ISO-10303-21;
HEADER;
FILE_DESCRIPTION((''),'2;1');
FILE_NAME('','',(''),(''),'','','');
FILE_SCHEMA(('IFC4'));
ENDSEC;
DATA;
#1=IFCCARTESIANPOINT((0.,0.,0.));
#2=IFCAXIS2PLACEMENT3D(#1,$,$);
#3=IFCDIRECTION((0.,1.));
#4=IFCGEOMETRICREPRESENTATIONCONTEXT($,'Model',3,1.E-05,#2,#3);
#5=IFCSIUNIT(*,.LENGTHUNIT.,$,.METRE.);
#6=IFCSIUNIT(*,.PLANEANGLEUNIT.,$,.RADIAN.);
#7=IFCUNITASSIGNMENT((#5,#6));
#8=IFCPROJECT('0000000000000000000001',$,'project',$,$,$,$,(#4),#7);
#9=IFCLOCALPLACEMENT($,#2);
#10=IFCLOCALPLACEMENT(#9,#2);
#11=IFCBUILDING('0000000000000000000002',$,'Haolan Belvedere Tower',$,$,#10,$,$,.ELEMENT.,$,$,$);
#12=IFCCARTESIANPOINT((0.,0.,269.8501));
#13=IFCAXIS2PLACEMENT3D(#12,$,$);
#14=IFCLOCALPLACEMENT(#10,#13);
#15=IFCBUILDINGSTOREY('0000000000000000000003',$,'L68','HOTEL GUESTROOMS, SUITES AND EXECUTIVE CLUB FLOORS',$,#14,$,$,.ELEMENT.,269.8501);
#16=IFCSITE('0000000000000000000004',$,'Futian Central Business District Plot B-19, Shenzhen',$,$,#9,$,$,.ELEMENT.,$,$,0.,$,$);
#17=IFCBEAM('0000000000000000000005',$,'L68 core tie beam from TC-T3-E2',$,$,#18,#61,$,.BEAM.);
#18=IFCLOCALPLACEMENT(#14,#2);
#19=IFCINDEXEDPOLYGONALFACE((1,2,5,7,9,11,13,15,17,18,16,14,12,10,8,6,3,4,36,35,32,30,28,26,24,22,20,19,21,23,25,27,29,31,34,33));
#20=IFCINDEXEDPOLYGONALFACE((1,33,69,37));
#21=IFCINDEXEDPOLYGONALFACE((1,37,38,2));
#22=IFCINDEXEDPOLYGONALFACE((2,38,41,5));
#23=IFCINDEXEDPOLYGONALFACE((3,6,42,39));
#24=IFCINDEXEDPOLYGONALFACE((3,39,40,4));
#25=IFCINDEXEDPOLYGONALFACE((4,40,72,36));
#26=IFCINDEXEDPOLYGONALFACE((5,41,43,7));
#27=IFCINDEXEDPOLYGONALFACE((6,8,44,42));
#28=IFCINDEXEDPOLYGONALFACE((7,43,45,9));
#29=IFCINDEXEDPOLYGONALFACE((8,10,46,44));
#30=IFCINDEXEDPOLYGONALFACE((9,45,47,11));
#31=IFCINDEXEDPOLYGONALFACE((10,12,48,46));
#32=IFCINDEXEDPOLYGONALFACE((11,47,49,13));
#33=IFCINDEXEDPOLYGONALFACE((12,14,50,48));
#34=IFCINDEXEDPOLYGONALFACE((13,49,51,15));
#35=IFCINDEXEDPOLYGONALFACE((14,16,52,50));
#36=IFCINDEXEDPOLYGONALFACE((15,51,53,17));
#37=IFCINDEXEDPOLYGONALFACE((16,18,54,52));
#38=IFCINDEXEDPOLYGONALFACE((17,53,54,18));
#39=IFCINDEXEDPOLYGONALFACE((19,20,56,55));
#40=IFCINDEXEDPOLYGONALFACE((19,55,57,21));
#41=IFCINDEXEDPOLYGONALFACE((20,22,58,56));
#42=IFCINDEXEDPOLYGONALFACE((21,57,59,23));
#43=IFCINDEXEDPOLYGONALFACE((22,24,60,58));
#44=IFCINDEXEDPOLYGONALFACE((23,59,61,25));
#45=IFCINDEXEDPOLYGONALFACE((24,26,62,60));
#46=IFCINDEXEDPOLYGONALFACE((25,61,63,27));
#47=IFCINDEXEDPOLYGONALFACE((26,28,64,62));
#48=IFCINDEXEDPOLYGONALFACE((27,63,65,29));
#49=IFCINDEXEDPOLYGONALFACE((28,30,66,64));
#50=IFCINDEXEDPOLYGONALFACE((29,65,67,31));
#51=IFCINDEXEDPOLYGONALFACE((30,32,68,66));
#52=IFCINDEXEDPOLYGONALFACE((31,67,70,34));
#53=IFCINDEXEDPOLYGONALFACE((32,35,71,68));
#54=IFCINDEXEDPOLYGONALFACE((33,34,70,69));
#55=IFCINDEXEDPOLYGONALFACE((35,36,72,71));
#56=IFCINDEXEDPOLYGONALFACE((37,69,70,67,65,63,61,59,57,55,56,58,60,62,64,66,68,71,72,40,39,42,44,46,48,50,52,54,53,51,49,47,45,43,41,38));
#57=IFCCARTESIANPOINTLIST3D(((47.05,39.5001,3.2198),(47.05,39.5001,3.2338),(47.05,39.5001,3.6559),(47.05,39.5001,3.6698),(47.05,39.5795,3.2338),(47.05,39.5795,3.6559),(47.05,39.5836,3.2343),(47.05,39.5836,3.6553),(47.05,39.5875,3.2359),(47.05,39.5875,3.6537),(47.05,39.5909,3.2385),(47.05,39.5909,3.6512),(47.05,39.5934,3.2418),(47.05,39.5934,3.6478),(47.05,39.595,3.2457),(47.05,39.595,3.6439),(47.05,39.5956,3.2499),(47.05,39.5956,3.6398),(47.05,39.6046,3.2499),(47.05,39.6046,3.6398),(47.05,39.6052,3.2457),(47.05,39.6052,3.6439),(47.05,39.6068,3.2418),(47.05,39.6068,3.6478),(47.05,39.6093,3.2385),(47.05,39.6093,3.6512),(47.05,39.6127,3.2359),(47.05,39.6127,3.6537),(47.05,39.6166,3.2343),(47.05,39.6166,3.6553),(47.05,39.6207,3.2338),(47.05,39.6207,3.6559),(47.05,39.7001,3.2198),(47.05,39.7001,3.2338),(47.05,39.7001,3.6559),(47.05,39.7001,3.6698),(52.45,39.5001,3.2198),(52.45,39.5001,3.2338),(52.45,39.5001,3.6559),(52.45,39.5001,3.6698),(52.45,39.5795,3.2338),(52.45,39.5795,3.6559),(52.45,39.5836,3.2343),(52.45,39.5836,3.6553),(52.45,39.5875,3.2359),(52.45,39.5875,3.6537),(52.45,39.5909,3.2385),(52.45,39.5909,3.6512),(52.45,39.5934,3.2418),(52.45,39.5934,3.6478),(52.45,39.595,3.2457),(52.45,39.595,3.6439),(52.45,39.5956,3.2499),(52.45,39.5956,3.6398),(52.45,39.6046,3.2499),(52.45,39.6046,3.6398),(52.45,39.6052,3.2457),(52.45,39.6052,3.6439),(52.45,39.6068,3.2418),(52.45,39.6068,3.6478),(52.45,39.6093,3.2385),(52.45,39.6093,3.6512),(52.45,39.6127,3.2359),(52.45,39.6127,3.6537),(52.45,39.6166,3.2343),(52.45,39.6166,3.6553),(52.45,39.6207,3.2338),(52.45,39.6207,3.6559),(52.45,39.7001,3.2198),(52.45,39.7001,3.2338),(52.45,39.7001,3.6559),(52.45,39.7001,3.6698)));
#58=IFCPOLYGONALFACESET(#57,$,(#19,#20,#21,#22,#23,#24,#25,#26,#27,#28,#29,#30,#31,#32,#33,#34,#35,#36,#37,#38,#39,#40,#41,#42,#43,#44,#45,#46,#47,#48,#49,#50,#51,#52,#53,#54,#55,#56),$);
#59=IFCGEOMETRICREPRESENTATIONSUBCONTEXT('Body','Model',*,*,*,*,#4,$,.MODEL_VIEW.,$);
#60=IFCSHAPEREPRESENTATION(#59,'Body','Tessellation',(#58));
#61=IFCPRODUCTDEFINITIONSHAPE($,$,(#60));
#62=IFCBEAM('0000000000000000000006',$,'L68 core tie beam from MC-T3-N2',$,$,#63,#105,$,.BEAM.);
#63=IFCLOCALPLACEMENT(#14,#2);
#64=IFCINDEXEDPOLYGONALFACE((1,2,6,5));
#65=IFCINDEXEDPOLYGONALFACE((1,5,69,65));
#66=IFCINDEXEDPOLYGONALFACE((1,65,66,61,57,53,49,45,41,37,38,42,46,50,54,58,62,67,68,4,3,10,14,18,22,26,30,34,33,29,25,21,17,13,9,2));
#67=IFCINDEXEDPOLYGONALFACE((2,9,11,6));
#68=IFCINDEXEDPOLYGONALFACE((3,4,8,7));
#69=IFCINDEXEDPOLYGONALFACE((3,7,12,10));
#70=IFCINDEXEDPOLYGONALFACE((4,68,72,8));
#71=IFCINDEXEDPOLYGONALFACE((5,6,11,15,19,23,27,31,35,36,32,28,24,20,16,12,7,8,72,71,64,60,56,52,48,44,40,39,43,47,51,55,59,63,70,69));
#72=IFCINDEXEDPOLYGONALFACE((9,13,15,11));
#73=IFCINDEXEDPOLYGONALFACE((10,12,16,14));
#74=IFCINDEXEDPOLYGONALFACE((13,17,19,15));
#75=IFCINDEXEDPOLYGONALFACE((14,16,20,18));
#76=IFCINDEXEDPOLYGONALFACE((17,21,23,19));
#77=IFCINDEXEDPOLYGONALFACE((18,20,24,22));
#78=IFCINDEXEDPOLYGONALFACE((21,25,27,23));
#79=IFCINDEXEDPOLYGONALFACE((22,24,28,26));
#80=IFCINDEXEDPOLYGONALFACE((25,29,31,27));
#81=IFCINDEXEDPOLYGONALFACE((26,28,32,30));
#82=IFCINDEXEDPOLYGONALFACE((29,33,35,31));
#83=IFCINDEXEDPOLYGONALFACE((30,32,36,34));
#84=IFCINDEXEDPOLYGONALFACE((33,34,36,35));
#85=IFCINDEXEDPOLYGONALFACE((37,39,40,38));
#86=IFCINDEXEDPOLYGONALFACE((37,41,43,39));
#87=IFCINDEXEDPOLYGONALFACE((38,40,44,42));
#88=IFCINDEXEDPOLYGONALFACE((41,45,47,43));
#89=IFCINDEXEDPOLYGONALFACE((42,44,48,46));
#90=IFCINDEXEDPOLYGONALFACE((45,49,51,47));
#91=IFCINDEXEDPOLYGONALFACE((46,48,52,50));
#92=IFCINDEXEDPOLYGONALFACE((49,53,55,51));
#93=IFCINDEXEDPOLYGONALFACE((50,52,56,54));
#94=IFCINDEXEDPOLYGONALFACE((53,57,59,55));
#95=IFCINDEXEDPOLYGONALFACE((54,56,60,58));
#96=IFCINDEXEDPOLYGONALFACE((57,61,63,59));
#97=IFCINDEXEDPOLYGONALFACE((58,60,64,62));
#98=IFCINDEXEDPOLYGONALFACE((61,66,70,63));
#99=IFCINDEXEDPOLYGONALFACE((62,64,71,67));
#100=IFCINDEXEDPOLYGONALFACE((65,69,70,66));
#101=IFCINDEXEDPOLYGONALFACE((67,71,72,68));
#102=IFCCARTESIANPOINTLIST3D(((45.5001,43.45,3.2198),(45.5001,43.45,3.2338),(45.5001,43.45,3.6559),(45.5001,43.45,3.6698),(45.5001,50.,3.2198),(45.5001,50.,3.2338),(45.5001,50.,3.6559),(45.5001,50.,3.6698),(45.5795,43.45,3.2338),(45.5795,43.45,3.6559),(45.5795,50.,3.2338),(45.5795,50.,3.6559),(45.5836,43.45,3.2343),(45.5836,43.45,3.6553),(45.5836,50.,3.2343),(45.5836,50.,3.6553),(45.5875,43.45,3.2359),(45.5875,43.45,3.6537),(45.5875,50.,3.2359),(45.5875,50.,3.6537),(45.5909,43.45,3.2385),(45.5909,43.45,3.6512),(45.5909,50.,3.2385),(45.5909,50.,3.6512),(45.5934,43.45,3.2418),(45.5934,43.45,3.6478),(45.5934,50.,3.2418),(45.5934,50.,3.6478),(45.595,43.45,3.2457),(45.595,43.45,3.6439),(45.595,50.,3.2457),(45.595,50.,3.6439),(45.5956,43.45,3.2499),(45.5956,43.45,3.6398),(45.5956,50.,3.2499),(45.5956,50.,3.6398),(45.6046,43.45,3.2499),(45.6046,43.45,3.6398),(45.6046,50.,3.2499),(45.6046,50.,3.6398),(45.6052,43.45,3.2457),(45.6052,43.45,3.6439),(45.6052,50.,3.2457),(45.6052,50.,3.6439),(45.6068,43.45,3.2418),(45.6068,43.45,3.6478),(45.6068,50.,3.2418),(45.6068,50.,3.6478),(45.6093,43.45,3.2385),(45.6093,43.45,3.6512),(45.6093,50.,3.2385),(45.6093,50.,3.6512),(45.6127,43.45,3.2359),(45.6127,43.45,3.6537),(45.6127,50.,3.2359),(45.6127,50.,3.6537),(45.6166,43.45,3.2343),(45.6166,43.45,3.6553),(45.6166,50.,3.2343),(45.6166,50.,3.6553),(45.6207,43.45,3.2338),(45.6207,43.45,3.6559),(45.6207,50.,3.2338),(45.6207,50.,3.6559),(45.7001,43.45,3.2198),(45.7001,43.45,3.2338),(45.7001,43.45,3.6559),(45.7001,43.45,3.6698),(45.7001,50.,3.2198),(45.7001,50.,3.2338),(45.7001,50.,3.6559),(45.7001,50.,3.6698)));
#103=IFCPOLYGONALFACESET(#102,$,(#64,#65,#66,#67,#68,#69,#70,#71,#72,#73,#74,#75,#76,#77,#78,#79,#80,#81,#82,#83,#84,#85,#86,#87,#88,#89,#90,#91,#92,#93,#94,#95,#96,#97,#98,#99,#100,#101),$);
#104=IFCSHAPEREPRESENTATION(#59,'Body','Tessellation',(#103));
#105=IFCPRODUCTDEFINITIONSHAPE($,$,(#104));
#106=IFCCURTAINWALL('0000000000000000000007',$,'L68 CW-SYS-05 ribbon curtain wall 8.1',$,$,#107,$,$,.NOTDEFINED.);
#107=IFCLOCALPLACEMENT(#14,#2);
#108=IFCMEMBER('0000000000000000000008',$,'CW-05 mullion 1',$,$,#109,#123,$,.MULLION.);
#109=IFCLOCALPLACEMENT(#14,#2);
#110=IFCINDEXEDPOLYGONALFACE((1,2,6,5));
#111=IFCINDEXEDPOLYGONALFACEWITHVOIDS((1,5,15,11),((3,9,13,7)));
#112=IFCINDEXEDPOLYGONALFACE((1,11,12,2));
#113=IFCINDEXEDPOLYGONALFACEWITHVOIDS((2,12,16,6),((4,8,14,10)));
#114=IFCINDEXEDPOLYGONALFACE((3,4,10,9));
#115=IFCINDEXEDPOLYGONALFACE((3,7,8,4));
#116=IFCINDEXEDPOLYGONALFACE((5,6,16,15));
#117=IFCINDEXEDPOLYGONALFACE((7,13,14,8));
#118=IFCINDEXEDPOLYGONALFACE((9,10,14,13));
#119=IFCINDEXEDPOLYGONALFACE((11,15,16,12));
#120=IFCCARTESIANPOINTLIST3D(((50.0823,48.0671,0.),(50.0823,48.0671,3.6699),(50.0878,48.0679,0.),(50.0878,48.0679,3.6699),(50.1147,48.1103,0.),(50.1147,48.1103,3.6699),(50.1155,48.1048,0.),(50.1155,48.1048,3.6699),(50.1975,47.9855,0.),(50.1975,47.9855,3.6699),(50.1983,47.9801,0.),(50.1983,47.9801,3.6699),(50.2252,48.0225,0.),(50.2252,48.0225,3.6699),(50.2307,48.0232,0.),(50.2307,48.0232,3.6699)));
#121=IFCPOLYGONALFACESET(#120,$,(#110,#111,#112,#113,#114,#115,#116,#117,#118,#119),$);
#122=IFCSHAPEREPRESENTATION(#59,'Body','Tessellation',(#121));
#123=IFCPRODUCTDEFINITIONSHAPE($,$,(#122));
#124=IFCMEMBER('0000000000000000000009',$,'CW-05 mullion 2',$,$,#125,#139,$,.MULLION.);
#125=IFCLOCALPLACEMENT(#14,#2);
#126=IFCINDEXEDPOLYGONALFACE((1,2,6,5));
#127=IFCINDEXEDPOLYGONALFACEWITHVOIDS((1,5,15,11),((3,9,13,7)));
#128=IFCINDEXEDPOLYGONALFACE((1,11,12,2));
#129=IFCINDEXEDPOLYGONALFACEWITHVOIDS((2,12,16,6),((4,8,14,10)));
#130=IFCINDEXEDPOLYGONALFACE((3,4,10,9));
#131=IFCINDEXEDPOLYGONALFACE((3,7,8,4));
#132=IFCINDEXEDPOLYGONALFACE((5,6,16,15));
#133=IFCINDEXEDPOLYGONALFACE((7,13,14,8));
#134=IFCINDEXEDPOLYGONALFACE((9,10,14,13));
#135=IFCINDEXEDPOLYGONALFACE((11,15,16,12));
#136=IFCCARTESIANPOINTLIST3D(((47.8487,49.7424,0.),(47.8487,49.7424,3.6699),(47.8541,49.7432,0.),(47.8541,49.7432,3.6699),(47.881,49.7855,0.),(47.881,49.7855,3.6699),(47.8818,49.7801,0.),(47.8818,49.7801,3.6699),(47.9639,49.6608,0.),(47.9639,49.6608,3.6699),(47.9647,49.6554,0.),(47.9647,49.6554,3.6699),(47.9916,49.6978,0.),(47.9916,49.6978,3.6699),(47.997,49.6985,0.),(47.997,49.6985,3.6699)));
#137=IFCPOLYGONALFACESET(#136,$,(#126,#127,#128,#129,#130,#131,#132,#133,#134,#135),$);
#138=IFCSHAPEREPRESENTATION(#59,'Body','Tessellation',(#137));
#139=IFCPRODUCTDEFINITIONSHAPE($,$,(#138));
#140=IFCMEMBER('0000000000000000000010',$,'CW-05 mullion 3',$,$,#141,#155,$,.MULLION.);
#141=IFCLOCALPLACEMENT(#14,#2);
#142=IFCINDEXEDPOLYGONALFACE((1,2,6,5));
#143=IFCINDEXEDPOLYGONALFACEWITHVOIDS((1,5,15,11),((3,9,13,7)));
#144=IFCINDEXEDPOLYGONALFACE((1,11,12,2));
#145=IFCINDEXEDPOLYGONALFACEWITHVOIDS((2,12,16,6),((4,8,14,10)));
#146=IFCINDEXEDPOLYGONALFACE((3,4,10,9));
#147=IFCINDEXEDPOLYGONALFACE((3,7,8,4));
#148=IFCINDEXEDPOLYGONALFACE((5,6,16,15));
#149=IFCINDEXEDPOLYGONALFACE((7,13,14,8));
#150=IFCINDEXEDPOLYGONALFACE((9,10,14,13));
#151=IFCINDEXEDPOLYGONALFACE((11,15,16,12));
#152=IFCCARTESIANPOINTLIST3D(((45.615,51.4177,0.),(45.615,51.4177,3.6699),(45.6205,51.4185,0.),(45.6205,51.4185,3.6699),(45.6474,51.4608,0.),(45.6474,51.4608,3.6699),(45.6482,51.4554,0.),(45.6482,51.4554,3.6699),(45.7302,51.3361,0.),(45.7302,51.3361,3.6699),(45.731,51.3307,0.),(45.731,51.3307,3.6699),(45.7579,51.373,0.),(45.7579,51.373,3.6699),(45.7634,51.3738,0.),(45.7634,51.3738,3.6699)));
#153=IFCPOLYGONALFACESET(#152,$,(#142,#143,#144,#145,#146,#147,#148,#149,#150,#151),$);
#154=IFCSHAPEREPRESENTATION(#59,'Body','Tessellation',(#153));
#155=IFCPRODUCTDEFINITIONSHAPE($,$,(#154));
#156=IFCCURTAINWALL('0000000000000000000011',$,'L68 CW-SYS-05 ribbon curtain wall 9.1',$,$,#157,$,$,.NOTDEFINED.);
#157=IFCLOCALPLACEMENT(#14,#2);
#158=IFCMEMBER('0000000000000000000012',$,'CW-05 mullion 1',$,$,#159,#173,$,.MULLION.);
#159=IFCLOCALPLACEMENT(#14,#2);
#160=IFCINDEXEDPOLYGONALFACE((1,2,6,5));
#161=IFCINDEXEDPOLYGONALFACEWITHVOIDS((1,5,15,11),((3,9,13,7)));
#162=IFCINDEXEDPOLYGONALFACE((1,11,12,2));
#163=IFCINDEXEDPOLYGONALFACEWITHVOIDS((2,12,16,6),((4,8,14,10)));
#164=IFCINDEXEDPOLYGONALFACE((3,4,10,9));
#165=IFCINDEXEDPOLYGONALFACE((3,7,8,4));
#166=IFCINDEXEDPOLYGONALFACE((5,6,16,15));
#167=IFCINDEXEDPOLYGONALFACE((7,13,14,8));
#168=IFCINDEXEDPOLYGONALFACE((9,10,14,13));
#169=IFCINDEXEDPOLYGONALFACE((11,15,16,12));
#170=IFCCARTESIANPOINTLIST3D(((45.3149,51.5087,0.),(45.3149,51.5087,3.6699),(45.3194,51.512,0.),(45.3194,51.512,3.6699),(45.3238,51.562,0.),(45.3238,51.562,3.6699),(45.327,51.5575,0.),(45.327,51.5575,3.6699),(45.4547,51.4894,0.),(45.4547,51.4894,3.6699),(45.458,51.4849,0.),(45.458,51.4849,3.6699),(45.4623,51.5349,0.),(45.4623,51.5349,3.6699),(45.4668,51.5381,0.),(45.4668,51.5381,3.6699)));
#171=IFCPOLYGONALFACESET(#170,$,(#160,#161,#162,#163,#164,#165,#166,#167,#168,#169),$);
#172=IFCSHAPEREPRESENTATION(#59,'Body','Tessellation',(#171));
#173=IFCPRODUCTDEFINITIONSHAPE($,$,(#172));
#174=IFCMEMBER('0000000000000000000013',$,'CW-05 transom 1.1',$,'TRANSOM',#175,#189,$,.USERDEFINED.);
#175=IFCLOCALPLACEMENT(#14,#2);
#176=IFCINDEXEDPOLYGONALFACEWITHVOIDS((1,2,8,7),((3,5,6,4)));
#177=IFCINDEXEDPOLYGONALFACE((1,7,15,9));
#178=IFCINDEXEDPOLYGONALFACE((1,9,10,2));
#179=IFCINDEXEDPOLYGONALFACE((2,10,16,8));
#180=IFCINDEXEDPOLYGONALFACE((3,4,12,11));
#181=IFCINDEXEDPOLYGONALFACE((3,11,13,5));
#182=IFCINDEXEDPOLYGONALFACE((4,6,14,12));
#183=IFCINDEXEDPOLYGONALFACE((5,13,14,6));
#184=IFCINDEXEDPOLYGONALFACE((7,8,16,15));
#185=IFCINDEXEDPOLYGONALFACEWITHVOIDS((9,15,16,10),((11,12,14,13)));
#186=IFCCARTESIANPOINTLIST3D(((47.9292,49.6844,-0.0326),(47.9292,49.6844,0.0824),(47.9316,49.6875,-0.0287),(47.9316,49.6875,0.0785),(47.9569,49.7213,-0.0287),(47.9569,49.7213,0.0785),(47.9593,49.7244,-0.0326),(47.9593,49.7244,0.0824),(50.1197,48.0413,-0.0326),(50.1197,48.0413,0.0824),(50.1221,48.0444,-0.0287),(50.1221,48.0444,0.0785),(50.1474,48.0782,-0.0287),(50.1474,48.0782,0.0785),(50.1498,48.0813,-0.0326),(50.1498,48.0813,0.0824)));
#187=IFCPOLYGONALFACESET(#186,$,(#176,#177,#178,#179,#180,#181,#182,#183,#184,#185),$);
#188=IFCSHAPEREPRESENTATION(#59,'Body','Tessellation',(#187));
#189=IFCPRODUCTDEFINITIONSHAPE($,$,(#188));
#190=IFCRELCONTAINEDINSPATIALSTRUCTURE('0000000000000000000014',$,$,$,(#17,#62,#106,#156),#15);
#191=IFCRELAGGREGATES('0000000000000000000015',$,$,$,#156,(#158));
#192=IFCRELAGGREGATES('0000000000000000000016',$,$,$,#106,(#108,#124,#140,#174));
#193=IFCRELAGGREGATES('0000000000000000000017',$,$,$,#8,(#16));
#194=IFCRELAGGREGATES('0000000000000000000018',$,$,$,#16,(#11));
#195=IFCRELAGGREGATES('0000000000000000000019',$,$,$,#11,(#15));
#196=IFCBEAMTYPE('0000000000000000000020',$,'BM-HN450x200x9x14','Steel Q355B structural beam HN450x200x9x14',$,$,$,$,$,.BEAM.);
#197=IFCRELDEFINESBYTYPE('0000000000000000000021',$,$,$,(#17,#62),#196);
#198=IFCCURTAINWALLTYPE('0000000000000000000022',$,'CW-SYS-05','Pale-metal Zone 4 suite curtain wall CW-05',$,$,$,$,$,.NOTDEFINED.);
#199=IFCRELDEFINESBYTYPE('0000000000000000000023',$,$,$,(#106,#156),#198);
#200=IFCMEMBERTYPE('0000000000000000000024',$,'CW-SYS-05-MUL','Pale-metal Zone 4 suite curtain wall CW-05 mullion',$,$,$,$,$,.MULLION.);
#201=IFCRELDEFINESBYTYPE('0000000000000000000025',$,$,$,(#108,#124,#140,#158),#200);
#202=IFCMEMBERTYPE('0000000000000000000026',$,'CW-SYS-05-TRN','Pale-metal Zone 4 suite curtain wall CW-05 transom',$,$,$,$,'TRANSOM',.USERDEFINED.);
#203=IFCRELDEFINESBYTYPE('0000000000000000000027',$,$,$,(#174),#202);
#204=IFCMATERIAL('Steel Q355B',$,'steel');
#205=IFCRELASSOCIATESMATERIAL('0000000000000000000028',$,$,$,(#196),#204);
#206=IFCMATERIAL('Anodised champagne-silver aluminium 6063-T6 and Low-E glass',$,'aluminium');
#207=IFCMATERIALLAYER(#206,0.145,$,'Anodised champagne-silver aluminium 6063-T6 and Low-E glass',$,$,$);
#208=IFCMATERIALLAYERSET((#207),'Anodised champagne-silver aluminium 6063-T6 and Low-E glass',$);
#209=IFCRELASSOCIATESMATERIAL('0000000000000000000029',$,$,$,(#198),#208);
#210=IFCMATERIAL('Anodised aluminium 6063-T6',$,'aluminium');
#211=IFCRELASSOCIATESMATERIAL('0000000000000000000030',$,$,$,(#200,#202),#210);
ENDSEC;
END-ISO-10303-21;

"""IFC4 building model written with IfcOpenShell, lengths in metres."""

from ifc_helpers import new_model, si_unit, direction, frame, origin, origin_2d, place, context, subcontext, project, spatial, hollow_rectangle, i_section, extrude, material, layer, layer_set, material_profile, profile_set, type_object, element, aggregate, save


model = new_model("IFC4")

# Units and contexts
model_context = context("Model", 3, precision=1e-05, world=origin(), true_north=direction((0.0, 1.0)))
body_context = subcontext(model_context, "Body", "Model", "MODEL_VIEW")
ifc_project = project(units=[si_unit("LENGTHUNIT", "METRE"), si_unit("PLANEANGLEUNIT", "RADIAN")], contexts=[model_context])

# Site, building, storey
site_placement = place(None, origin())
site = spatial("IfcSite", under=ifc_project, at=site_placement, Name="Futian Central Business District Plot B-19, Shenzhen", CompositionType="ELEMENT", RefElevation=0.0)
building_placement = place(site_placement, origin())
building = spatial("IfcBuilding", under=site, at=building_placement, Name="Haolan Belvedere Tower", CompositionType="ELEMENT")
storey_placement = place(building_placement, frame((0.0, 0.0, 269.8501)))
storey = spatial("IfcBuildingStorey", under=building, at=storey_placement, Name="L68", Description="HOTEL GUESTROOMS, SUITES AND EXECUTIVE CLUB FLOORS", CompositionType="ELEMENT", Elevation=269.8501)

# Beams
ifc_material_1 = material(Name="Steel Q355B", Category="steel")
ifc_material_profile_1 = material_profile(ifc_material_1, i_section(OverallWidth=0.2, OverallDepth=0.45, WebThickness=0.009, FlangeThickness=0.0139, FilletRadius=0.0161, at=origin_2d()), Name="Steel Q355B")
ifc_profile_set_1 = profile_set([ifc_material_profile_1], Name="Steel Q355B")
beam_type_1 = type_object("IfcBeamType", Name="BM-HN450x200x9x14", Description="Steel Q355B structural beam HN450x200x9x14", PredefinedType="BEAM", material=ifc_profile_set_1)
beam_1_placement = place(storey_placement, frame((52.45, 39.6001, 3.4448), z_axis=(-1.0, 0.0, 0.0), x_axis=(0.0, -1.0, 0.0)))
element("IfcBeam", 1, at=beam_1_placement, inside=storey, type_object=beam_type_1, Name="L68 core tie beam from TC-T3-E2", PredefinedType="BEAM", context=body_context, shape_type="SweptSolid", body=[
    extrude(i_section(OverallWidth=0.2, OverallDepth=0.45, WebThickness=0.009, FlangeThickness=0.0139, FilletRadius=0.0161, at=origin_2d()), origin(), (0.0, 0.0, 1.0), 5.3999),
])
beam_2_placement = place(storey_placement, frame((45.6001, 50.0, 3.4448), z_axis=(0.0, -1.0, 0.0), x_axis=(1.0, 0.0, 0.0)))
element("IfcBeam", 2, at=beam_2_placement, inside=storey, type_object=beam_type_1, Name="L68 core tie beam from MC-T3-N2", PredefinedType="BEAM", context=body_context, shape_type="SweptSolid", body=[
    extrude(i_section(OverallWidth=0.2, OverallDepth=0.45, WebThickness=0.009, FlangeThickness=0.0139, FilletRadius=0.0161, at=origin_2d()), origin(), (0.0, 0.0, 1.0), 6.55),
])

# Curtain wall, members
ifc_material_2 = material(Name="Anodised champagne-silver aluminium 6063-T6 and Low-E glass", Category="aluminium")
ifc_layer_1 = layer(ifc_material_2, 0.145, Name="Anodised champagne-silver aluminium 6063-T6 and Low-E glass")
ifc_layer_set_1 = layer_set([ifc_layer_1], Name="Anodised champagne-silver aluminium 6063-T6 and Low-E glass")
curtain_wall_type = type_object("IfcCurtainWallType", Name="CW-SYS-05", Description="Pale-metal Zone 4 suite curtain wall CW-05", PredefinedType="NOTDEFINED", material=ifc_layer_set_1)
curtain_wall_1_placement = place(storey_placement, origin())
curtain_wall_1 = element("IfcCurtainWall", 3, at=curtain_wall_1_placement, inside=storey, type_object=curtain_wall_type, Name="L68 CW-SYS-05 ribbon curtain wall 8.1", PredefinedType="NOTDEFINED")
ifc_material_3 = material(Name="Anodised aluminium 6063-T6", Category="aluminium")
ifc_material_profile_2 = material_profile(ifc_material_3, hollow_rectangle(XDim=0.054, YDim=0.145, WallThickness=0.0039, at=origin_2d()), Name="Anodised aluminium 6063-T6")
ifc_profile_set_2 = profile_set([ifc_material_profile_2], Name="Anodised aluminium 6063-T6")
member_type_1 = type_object("IfcMemberType", Name="CW-SYS-05-MUL", Description="Pale-metal Zone 4 suite curtain wall CW-05 mullion", PredefinedType="MULLION", material=ifc_profile_set_2)
member_1_placement = place(storey_placement, frame((50.1565, 48.0452, 0.0), z_axis=(0.0, 0.0, 1.0), x_axis=(-0.600003, -0.799998, 0.0)))
member_1 = element("IfcMember", 4, at=member_1_placement, type_object=member_type_1, Name="CW-05 mullion 1", PredefinedType="MULLION", context=body_context, shape_type="SweptSolid", body=[
    extrude(hollow_rectangle(XDim=0.054, YDim=0.145, WallThickness=0.0039, at=origin_2d()), origin(), (0.0, 0.0, 1.0), 3.6699),
])
member_2_placement = place(storey_placement, frame((47.9229, 49.7205, 0.0), z_axis=(0.0, 0.0, 1.0), x_axis=(-0.600003, -0.799998, 0.0)))
member_2 = element("IfcMember", 5, at=member_2_placement, type_object=member_type_1, Name="CW-05 mullion 2", PredefinedType="MULLION", context=body_context, shape_type="SweptSolid", body=[
    extrude(hollow_rectangle(XDim=0.054, YDim=0.145, WallThickness=0.0039, at=origin_2d()), origin(), (0.0, 0.0, 1.0), 3.6699),
])
member_3_placement = place(storey_placement, frame((45.6892, 51.3958, 0.0), z_axis=(0.0, 0.0, 1.0), x_axis=(-0.600003, -0.799998, 0.0)))
member_3 = element("IfcMember", 6, at=member_3_placement, type_object=member_type_1, Name="CW-05 mullion 3", PredefinedType="MULLION", context=body_context, shape_type="SweptSolid", body=[
    extrude(hollow_rectangle(XDim=0.054, YDim=0.145, WallThickness=0.0039, at=origin_2d()), origin(), (0.0, 0.0, 1.0), 3.6699),
])

# Curtain wall, member
curtain_wall_2_placement = place(storey_placement, origin())
curtain_wall_2 = element("IfcCurtainWall", 7, at=curtain_wall_2_placement, inside=storey, type_object=curtain_wall_type, Name="L68 CW-SYS-05 ribbon curtain wall 9.1", PredefinedType="NOTDEFINED")
member_4_placement = place(storey_placement, frame((45.3909, 51.5234, 0.0), z_axis=(0.0, 0.0, 1.0), x_axis=(-0.164406, -0.986393, 0.0)))
member_4 = element("IfcMember", 8, at=member_4_placement, type_object=member_type_1, Name="CW-05 mullion 1", PredefinedType="MULLION", context=body_context, shape_type="SweptSolid", body=[
    extrude(hollow_rectangle(XDim=0.054, YDim=0.145, WallThickness=0.0039, at=origin_2d()), origin(), (0.0, 0.0, 1.0), 3.6699),
])

# Member
ifc_material_profile_3 = material_profile(ifc_material_3, hollow_rectangle(XDim=0.05, YDim=0.115, WallThickness=0.0039, at=origin_2d()), Name="Anodised aluminium 6063-T6")
ifc_profile_set_3 = profile_set([ifc_material_profile_3], Name="Anodised aluminium 6063-T6")
member_type_2 = type_object("IfcMemberType", Name="CW-SYS-05-TRN", Description="Pale-metal Zone 4 suite curtain wall CW-05 transom", ElementType="TRANSOM", PredefinedType="USERDEFINED", material=ifc_profile_set_3)
member_5_placement = place(storey_placement, frame((50.1348, 48.0613, 0.0249), z_axis=(-0.799957, 0.600057, 0.0), x_axis=(-0.600057, -0.799957, 0.0)))
member_5 = element("IfcMember", 9, at=member_5_placement, type_object=member_type_2, Name="CW-05 transom 1.1", ObjectType="TRANSOM", PredefinedType="USERDEFINED", context=body_context, shape_type="SweptSolid", body=[
    extrude(hollow_rectangle(XDim=0.05, YDim=0.115, WallThickness=0.0039, at=origin_2d()), origin(), (0.0, 0.0, 1.0), 2.7383),
])
aggregate(curtain_wall_2, [member_4])

aggregate(curtain_wall_1, [member_1, member_2, member_3, member_5])

save(model, "model.ifc")
